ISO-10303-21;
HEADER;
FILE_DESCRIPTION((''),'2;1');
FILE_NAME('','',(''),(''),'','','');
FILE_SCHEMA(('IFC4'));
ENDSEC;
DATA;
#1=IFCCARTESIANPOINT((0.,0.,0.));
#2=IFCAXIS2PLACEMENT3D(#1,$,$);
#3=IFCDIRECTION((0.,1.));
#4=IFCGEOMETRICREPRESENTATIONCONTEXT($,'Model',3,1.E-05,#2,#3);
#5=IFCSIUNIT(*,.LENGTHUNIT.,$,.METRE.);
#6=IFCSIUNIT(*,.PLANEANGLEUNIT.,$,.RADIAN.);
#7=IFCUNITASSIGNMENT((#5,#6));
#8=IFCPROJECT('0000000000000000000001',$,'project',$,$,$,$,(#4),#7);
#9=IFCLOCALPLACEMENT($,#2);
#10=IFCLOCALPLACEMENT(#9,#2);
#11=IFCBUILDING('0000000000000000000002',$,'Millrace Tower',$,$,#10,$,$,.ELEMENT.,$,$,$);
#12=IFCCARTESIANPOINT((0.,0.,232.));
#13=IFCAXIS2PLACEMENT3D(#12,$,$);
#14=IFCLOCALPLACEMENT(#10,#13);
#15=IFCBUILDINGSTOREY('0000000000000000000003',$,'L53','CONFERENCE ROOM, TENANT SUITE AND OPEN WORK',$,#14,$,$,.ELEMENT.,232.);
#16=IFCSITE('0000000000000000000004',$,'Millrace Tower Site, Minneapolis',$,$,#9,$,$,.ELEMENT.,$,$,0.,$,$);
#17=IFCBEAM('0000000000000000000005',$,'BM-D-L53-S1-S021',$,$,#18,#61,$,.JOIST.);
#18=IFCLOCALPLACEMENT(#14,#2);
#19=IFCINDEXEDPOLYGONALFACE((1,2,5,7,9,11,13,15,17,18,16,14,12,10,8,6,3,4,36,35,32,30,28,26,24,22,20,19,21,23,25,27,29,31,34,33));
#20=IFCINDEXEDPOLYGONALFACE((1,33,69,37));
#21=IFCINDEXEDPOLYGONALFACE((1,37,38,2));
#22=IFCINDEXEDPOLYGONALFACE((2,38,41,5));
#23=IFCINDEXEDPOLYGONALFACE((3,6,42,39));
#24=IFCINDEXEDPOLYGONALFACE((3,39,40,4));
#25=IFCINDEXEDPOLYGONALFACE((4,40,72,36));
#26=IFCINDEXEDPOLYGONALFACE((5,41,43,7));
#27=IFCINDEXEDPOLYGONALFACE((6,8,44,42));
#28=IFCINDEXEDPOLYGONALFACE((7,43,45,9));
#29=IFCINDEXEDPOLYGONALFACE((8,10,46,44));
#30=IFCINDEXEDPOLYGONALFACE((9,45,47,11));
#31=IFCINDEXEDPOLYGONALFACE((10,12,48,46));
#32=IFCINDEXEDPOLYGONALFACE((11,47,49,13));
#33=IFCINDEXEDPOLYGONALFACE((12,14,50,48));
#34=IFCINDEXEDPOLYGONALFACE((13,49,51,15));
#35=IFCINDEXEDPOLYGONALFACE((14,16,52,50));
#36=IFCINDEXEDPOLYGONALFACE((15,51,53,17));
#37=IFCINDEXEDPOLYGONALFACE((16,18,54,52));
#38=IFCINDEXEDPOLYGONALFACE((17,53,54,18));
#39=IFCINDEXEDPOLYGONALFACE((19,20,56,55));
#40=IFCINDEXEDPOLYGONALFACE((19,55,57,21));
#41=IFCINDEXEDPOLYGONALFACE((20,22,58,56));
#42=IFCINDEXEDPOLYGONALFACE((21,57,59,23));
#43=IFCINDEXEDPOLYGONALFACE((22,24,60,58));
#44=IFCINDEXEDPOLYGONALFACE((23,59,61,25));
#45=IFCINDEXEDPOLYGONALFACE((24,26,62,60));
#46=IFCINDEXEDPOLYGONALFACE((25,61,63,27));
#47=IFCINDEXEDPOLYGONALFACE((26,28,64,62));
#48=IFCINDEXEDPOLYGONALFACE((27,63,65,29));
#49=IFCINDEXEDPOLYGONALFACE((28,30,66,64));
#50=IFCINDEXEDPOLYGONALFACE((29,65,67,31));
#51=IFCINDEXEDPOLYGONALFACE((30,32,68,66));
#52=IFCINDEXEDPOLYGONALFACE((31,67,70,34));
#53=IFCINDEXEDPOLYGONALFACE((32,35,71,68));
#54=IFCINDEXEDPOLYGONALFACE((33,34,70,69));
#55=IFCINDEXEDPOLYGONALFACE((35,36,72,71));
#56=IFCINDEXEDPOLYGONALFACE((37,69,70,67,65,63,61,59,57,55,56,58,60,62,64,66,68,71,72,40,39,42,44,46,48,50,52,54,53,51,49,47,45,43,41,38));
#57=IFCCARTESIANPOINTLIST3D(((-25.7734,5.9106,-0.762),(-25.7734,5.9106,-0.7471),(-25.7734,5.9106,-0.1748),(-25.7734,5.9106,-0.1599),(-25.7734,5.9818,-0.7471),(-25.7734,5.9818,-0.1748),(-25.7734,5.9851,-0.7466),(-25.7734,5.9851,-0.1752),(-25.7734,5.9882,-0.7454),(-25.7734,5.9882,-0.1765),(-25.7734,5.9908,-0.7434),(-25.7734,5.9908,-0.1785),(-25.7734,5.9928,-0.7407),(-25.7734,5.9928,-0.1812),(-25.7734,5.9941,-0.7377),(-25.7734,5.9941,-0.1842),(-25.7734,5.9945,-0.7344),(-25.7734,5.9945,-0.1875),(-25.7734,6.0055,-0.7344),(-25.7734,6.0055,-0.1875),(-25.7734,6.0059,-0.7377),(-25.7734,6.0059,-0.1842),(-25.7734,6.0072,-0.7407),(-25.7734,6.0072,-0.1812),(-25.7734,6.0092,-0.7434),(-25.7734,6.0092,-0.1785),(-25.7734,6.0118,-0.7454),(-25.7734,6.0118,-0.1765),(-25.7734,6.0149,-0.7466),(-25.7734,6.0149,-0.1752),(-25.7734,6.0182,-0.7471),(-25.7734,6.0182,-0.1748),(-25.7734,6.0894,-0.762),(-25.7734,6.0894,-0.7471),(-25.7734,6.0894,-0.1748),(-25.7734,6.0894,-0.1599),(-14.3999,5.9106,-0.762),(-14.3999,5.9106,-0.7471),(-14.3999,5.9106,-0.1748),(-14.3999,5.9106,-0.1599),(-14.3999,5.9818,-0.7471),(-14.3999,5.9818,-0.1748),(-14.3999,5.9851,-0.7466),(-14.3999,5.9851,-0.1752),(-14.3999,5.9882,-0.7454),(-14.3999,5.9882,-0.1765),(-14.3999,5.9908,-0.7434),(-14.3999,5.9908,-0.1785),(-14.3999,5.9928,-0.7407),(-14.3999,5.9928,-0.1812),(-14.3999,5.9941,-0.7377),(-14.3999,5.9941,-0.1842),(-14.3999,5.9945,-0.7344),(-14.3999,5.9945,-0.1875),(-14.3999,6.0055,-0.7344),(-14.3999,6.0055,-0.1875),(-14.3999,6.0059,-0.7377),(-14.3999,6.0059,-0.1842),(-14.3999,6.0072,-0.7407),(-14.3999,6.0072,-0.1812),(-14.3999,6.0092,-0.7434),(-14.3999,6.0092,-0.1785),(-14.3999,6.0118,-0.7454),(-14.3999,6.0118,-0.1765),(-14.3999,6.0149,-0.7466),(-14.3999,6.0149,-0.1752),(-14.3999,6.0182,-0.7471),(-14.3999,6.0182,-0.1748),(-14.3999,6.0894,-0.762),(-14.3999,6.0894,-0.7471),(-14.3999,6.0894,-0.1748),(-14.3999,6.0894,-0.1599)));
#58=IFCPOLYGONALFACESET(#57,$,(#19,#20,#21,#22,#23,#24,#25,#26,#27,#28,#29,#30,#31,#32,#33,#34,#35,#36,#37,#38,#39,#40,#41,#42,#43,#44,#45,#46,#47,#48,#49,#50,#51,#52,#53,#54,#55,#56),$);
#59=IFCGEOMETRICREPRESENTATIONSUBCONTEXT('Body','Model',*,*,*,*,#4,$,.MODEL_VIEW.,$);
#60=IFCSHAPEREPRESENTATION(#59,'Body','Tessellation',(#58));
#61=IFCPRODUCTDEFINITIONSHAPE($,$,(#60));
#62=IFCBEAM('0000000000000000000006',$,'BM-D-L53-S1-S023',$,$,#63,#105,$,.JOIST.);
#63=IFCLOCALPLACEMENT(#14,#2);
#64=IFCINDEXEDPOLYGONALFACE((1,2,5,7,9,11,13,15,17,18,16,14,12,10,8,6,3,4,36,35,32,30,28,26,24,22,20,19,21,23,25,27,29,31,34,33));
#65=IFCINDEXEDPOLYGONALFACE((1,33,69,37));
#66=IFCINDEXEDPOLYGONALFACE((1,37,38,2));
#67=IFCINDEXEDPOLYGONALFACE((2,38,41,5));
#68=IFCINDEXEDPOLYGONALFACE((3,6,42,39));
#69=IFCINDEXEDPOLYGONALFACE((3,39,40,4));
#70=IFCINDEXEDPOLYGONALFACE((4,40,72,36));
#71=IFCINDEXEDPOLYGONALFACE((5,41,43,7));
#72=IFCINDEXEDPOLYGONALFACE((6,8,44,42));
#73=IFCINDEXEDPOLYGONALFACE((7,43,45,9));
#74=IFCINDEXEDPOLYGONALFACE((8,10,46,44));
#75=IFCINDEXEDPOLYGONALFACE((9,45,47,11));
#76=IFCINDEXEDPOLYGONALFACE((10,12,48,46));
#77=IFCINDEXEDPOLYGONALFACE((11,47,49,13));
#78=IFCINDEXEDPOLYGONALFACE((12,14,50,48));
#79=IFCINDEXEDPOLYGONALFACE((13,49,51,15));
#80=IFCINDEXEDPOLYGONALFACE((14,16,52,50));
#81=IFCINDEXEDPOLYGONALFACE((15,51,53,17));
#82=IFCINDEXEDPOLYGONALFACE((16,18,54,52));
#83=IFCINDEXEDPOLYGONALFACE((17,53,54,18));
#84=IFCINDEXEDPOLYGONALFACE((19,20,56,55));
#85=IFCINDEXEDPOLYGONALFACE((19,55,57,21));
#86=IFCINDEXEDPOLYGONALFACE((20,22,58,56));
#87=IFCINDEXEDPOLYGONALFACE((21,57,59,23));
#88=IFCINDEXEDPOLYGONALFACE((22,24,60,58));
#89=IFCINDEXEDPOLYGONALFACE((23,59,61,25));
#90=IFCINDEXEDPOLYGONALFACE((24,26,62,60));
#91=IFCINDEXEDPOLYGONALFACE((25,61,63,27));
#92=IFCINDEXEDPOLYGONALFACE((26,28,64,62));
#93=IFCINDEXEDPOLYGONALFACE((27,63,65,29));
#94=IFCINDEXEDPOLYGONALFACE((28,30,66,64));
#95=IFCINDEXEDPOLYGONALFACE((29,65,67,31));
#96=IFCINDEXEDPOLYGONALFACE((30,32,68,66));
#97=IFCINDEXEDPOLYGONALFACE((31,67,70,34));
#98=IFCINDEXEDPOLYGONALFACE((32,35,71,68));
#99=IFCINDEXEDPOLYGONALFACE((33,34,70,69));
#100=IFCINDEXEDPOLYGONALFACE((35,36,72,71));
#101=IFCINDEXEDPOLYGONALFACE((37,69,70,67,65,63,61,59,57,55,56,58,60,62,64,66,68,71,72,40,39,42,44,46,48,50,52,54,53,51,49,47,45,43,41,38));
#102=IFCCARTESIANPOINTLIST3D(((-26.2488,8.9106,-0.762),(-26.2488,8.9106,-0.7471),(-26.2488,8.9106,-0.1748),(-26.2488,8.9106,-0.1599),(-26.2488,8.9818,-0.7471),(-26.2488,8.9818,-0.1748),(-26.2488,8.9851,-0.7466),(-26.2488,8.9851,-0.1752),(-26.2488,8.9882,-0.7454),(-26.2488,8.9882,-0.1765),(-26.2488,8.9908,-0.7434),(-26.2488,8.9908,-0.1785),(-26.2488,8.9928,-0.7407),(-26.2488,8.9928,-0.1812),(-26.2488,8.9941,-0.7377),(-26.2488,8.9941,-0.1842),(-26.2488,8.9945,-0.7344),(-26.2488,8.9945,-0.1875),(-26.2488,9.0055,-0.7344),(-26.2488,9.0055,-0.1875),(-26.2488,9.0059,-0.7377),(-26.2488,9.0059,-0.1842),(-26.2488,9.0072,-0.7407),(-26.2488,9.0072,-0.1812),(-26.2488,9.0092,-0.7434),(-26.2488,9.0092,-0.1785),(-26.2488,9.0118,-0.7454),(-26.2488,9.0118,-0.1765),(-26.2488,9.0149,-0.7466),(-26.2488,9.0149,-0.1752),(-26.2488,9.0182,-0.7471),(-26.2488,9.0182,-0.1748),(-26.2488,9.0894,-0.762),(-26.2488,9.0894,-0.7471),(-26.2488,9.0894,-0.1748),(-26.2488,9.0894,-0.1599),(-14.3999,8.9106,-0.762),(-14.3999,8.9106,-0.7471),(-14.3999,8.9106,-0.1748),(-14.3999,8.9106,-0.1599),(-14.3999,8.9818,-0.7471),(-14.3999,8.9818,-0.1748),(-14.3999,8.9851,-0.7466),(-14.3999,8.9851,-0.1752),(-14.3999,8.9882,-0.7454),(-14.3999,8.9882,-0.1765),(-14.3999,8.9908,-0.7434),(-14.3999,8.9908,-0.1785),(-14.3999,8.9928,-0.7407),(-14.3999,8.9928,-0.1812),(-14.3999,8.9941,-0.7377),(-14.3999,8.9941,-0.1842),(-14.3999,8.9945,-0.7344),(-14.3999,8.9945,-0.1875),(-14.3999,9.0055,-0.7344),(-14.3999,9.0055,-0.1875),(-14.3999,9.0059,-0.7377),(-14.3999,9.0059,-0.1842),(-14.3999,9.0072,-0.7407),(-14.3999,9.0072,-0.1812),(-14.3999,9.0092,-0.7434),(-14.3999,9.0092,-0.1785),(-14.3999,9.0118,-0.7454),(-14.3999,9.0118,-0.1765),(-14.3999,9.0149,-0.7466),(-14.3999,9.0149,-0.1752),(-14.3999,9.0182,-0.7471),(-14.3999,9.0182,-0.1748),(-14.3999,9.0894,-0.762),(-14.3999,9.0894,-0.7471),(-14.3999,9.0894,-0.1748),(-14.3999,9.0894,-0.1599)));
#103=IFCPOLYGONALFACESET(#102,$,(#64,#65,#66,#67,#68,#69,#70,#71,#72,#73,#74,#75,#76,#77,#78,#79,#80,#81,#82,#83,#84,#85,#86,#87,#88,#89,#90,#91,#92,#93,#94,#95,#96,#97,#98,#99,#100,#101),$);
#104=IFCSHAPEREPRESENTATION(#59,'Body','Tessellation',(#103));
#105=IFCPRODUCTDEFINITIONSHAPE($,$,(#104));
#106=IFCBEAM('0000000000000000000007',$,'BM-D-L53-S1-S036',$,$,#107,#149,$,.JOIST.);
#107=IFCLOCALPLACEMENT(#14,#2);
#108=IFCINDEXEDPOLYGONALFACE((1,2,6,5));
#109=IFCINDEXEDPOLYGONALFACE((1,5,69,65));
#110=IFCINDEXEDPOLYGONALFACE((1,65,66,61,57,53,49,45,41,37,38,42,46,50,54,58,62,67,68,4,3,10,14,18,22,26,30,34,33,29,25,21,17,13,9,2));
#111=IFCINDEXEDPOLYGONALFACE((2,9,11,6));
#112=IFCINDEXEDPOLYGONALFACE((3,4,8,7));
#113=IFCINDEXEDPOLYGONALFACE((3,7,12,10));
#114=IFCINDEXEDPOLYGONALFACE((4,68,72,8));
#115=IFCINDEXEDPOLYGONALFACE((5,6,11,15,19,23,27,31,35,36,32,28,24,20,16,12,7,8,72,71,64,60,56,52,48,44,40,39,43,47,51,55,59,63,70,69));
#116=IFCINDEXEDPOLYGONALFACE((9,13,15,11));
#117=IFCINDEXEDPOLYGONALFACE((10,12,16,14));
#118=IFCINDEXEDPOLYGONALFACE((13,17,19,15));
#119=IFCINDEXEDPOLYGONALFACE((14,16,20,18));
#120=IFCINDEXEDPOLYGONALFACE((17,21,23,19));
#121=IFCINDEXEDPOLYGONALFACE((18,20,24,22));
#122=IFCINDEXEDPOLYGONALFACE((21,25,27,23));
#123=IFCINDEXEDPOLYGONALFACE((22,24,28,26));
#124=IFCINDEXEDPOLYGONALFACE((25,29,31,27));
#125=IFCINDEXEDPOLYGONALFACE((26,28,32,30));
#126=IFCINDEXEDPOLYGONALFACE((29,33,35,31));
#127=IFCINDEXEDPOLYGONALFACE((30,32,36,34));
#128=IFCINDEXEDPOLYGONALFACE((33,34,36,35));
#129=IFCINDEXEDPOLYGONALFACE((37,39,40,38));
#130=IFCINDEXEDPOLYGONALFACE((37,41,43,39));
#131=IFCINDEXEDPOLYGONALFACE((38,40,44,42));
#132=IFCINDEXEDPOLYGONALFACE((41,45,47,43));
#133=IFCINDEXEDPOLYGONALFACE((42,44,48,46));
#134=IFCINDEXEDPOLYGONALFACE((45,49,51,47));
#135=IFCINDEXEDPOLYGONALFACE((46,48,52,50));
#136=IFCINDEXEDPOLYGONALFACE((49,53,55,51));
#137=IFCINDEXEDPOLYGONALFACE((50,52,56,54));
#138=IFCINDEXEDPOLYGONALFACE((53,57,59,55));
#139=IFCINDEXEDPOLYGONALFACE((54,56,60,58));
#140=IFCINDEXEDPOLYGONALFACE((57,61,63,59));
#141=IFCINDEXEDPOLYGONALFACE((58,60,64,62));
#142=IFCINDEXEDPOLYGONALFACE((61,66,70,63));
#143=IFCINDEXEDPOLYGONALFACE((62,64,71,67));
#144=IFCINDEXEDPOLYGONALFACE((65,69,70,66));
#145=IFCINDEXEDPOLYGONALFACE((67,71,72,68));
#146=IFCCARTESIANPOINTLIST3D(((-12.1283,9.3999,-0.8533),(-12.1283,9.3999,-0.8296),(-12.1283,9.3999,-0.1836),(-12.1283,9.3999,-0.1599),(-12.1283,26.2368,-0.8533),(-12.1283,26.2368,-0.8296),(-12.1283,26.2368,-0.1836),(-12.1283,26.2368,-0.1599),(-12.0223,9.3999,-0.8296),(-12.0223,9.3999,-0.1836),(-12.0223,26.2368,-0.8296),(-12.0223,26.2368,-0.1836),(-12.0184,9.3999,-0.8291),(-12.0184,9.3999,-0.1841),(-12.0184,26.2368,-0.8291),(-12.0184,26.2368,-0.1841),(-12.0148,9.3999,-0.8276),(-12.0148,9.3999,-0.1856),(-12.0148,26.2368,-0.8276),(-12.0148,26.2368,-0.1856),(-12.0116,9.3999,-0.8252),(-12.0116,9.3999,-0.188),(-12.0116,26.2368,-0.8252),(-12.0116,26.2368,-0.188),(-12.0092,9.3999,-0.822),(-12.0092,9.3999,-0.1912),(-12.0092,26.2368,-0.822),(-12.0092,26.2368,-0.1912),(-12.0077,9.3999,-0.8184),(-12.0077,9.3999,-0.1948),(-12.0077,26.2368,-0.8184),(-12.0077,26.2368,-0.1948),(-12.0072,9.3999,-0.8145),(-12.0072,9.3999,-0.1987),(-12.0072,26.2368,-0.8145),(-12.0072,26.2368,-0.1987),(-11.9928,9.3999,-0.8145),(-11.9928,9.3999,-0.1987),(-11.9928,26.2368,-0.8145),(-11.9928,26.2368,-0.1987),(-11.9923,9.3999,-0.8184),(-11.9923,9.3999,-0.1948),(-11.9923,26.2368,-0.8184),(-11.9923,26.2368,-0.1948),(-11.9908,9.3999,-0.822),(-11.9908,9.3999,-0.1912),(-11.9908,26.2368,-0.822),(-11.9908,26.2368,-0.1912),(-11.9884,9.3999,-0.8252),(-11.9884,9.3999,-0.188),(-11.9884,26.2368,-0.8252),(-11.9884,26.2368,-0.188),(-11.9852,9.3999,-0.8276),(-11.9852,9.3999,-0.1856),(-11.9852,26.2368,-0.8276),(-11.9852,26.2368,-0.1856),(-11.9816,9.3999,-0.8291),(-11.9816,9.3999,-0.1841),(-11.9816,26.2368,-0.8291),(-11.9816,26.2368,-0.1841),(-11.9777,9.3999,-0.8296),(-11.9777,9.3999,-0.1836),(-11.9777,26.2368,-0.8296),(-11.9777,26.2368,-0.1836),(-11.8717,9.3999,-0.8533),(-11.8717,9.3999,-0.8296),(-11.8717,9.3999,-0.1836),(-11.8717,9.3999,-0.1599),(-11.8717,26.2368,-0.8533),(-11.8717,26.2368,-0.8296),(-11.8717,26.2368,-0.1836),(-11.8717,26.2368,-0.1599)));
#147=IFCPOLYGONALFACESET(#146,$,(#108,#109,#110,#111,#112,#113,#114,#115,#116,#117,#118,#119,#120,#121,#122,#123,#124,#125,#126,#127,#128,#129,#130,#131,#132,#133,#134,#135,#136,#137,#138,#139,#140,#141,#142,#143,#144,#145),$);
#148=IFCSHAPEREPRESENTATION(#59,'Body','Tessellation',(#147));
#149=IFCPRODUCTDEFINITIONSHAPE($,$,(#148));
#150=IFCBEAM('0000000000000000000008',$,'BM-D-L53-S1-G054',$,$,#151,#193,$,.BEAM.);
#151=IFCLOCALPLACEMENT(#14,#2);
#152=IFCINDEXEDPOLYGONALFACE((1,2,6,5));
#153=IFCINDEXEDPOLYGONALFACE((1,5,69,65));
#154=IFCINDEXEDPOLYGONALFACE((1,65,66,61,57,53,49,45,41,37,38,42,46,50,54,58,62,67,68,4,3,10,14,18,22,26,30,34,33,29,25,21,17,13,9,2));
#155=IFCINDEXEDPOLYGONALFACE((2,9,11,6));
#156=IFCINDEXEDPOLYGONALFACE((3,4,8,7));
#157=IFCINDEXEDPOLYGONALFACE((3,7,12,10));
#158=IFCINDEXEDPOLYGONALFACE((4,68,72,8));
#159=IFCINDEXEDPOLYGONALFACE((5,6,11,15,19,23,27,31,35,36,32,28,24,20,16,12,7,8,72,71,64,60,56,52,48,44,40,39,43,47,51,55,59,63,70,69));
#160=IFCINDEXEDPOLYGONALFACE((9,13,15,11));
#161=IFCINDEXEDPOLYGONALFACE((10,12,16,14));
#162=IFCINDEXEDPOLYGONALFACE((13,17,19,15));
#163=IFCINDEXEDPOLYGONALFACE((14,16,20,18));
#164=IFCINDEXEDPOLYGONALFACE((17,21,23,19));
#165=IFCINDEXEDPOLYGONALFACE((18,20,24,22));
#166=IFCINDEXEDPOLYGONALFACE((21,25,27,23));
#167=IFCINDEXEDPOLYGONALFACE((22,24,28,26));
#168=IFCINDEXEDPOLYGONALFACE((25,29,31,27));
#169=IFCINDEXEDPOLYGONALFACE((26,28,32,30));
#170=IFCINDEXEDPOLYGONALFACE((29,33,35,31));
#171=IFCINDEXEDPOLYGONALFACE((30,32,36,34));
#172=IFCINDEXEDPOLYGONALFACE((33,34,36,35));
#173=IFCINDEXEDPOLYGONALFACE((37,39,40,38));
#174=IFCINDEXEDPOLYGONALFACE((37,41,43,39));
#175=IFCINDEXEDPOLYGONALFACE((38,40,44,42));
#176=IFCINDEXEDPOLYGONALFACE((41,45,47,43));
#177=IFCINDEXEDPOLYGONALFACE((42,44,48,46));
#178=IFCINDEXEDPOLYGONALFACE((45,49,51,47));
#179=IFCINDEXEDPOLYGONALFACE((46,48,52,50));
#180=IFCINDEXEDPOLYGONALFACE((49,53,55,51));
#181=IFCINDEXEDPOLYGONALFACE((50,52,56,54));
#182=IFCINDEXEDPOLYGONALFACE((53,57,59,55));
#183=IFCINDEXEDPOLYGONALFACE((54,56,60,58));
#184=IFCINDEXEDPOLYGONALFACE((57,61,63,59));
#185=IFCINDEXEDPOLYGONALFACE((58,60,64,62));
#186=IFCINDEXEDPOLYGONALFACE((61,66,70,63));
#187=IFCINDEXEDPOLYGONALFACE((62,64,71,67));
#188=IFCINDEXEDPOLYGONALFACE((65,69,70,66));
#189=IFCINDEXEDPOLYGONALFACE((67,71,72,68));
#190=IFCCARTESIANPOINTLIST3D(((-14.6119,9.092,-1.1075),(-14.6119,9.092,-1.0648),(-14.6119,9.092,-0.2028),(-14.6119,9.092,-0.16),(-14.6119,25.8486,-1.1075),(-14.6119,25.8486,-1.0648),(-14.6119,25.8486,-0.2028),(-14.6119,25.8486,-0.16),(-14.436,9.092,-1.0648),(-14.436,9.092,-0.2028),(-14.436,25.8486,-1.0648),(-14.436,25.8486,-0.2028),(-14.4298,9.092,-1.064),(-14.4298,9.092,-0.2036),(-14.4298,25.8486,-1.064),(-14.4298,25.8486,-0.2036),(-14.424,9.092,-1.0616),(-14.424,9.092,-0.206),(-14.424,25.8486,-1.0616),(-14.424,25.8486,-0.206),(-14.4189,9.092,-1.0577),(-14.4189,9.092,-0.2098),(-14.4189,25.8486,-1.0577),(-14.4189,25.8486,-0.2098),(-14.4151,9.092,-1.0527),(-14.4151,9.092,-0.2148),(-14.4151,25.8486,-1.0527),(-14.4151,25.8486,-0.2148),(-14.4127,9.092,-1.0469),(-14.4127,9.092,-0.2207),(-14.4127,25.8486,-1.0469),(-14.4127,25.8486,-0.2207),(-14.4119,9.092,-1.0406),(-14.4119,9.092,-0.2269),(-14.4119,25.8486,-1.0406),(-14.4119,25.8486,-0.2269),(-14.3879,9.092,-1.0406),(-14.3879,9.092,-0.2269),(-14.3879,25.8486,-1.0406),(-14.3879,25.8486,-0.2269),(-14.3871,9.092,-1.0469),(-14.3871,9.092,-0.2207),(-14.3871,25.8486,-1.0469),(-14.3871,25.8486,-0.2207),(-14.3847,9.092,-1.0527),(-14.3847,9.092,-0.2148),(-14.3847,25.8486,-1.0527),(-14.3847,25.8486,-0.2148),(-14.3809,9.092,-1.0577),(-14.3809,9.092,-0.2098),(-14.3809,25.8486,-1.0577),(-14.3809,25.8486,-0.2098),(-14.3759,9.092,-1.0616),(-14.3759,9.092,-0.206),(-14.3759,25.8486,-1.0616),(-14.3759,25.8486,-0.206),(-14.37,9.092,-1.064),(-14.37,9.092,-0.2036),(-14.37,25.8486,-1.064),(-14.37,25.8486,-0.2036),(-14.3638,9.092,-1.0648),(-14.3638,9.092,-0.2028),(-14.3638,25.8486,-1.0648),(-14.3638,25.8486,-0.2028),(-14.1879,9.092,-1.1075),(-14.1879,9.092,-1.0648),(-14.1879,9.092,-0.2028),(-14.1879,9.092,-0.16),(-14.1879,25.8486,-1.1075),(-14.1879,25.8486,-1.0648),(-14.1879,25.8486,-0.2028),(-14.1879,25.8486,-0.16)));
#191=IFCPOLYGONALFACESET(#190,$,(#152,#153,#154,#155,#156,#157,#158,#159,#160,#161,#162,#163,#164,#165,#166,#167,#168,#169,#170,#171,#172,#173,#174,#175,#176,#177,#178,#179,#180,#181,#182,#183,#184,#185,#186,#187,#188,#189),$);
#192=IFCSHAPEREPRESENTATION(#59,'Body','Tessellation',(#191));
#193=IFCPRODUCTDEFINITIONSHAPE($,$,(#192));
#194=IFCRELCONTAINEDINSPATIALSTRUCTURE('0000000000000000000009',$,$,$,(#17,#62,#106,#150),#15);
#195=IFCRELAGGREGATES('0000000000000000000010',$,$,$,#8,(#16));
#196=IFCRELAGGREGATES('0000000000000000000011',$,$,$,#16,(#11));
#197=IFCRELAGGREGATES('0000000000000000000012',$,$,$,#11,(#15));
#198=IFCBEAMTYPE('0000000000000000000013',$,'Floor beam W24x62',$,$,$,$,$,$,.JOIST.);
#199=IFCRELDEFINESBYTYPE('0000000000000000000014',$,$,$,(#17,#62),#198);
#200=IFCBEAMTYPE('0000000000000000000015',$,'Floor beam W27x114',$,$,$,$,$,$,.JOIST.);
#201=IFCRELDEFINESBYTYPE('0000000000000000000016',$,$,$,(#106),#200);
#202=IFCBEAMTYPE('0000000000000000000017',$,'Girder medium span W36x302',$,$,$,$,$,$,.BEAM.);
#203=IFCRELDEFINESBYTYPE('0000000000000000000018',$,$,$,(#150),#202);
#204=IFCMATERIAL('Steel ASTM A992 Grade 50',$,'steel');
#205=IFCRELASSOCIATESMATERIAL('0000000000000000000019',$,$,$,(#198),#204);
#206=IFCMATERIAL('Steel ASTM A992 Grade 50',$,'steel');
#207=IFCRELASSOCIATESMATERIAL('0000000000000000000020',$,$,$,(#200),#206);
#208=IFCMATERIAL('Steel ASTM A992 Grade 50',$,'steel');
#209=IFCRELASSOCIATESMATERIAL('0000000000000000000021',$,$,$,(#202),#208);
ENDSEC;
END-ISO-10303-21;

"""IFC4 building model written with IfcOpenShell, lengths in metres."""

from ifc_helpers import new_model, si_unit, direction, frame, origin, origin_2d, place, context, subcontext, project, spatial, i_section, extrude, material, material_profile, profile_set, type_object, element, save


model = new_model("IFC4")

# Units and contexts
model_context = context("Model", 3, precision=1e-05, world=origin(), true_north=direction((0.0, 1.0)))
body_context = subcontext(model_context, "Body", "Model", "MODEL_VIEW")
ifc_project = project(units=[si_unit("LENGTHUNIT", "METRE"), si_unit("PLANEANGLEUNIT", "RADIAN")], contexts=[model_context])

# Site, building, storey
site_placement = place(None, origin())
site = spatial("IfcSite", under=ifc_project, at=site_placement, Name="Millrace Tower Site, Minneapolis", CompositionType="ELEMENT", RefElevation=0.0)
building_placement = place(site_placement, origin())
building = spatial("IfcBuilding", under=site, at=building_placement, Name="Millrace Tower", CompositionType="ELEMENT")
storey_placement = place(building_placement, frame((0.0, 0.0, 232.0)))
storey = spatial("IfcBuildingStorey", under=building, at=storey_placement, Name="L53", Description="CONFERENCE ROOM, TENANT SUITE AND OPEN WORK", CompositionType="ELEMENT", Elevation=232.0)

# Beams
ifc_material_1 = material(Name="Steel ASTM A992 Grade 50", Category="steel")
ifc_material_profile_1 = material_profile(ifc_material_1, i_section(OverallWidth=0.1787, OverallDepth=0.6021, WebThickness=0.011, FlangeThickness=0.0149, FilletRadius=0.0127, at=origin_2d()))
ifc_profile_set_1 = profile_set([ifc_material_profile_1], Name="Steel ASTM A992 Grade 50")
beam_type_1 = type_object("IfcBeamType", Name="Floor beam W24x62", PredefinedType="JOIST", material=ifc_profile_set_1)
beam_1_placement = place(storey_placement, frame((-25.7734, 6.0, -0.4609), z_axis=(1.0, 0.0, 0.0), x_axis=(0.0, 1.0, 0.0)))
element("IfcBeam", 1, at=beam_1_placement, inside=storey, type_object=beam_type_1, Name="BM-D-L53-S1-S021", PredefinedType="JOIST", context=body_context, shape_type="SweptSolid", body=[
    extrude(i_section(OverallWidth=0.1787, OverallDepth=0.6021, WebThickness=0.011, FlangeThickness=0.0149, FilletRadius=0.0127, at=origin_2d()), origin(), (0.0, 0.0, 1.0), 11.3735),
])
beam_2_placement = place(storey_placement, frame((-26.2488, 9.0, -0.4609), z_axis=(1.0, 0.0, 0.0), x_axis=(0.0, 1.0, 0.0)))
element("IfcBeam", 2, at=beam_2_placement, inside=storey, type_object=beam_type_1, Name="BM-D-L53-S1-S023", PredefinedType="JOIST", context=body_context, shape_type="SweptSolid", body=[
    extrude(i_section(OverallWidth=0.1787, OverallDepth=0.6021, WebThickness=0.011, FlangeThickness=0.0149, FilletRadius=0.0127, at=origin_2d()), origin(), (0.0, 0.0, 1.0), 11.8489),
])
ifc_material_2 = material(Name="Steel ASTM A992 Grade 50", Category="steel")
ifc_material_profile_2 = material_profile(ifc_material_2, i_section(OverallWidth=0.2566, OverallDepth=0.6934, WebThickness=0.0144, FlangeThickness=0.0237, FilletRadius=0.0151, at=origin_2d()))
ifc_profile_set_2 = profile_set([ifc_material_profile_2], Name="Steel ASTM A992 Grade 50")
beam_type_2 = type_object("IfcBeamType", Name="Floor beam W27x114", PredefinedType="JOIST", material=ifc_profile_set_2)
beam_3_placement = place(storey_placement, frame((-12.0, 9.3999, -0.5066), z_axis=(0.0, 1.0, 0.0), x_axis=(-1.0, 0.0, 0.0)))
element("IfcBeam", 3, at=beam_3_placement, inside=storey, type_object=beam_type_2, Name="BM-D-L53-S1-S036", PredefinedType="JOIST", context=body_context, shape_type="SweptSolid", body=[
    extrude(i_section(OverallWidth=0.2566, OverallDepth=0.6934, WebThickness=0.0144, FlangeThickness=0.0237, FilletRadius=0.0151, at=origin_2d()), origin(), (0.0, 0.0, 1.0), 16.8369),
])
ifc_material_3 = material(Name="Steel ASTM A992 Grade 50", Category="steel")
ifc_material_profile_3 = material_profile(ifc_material_3, i_section(OverallWidth=0.4241, OverallDepth=0.9475, WebThickness=0.0239, FlangeThickness=0.0427, FilletRadius=0.0242, at=origin_2d()))
ifc_profile_set_3 = profile_set([ifc_material_profile_3], Name="Steel ASTM A992 Grade 50")
beam_type_3 = type_object("IfcBeamType", Name="Girder medium span W36x302", PredefinedType="BEAM", material=ifc_profile_set_3)
beam_4_placement = place(storey_placement, frame((-14.3999, 9.092, -0.6338), z_axis=(0.0, 1.0, 0.0), x_axis=(-1.0, 0.0, 0.0)))
element("IfcBeam", 4, at=beam_4_placement, inside=storey, type_object=beam_type_3, Name="BM-D-L53-S1-G054", PredefinedType="BEAM", context=body_context, shape_type="SweptSolid", body=[
    extrude(i_section(OverallWidth=0.4241, OverallDepth=0.9475, WebThickness=0.0239, FlangeThickness=0.0427, FilletRadius=0.0242, at=origin_2d()), origin(), (0.0, 0.0, 1.0), 16.7566),
])

save(model, "model.ifc")
